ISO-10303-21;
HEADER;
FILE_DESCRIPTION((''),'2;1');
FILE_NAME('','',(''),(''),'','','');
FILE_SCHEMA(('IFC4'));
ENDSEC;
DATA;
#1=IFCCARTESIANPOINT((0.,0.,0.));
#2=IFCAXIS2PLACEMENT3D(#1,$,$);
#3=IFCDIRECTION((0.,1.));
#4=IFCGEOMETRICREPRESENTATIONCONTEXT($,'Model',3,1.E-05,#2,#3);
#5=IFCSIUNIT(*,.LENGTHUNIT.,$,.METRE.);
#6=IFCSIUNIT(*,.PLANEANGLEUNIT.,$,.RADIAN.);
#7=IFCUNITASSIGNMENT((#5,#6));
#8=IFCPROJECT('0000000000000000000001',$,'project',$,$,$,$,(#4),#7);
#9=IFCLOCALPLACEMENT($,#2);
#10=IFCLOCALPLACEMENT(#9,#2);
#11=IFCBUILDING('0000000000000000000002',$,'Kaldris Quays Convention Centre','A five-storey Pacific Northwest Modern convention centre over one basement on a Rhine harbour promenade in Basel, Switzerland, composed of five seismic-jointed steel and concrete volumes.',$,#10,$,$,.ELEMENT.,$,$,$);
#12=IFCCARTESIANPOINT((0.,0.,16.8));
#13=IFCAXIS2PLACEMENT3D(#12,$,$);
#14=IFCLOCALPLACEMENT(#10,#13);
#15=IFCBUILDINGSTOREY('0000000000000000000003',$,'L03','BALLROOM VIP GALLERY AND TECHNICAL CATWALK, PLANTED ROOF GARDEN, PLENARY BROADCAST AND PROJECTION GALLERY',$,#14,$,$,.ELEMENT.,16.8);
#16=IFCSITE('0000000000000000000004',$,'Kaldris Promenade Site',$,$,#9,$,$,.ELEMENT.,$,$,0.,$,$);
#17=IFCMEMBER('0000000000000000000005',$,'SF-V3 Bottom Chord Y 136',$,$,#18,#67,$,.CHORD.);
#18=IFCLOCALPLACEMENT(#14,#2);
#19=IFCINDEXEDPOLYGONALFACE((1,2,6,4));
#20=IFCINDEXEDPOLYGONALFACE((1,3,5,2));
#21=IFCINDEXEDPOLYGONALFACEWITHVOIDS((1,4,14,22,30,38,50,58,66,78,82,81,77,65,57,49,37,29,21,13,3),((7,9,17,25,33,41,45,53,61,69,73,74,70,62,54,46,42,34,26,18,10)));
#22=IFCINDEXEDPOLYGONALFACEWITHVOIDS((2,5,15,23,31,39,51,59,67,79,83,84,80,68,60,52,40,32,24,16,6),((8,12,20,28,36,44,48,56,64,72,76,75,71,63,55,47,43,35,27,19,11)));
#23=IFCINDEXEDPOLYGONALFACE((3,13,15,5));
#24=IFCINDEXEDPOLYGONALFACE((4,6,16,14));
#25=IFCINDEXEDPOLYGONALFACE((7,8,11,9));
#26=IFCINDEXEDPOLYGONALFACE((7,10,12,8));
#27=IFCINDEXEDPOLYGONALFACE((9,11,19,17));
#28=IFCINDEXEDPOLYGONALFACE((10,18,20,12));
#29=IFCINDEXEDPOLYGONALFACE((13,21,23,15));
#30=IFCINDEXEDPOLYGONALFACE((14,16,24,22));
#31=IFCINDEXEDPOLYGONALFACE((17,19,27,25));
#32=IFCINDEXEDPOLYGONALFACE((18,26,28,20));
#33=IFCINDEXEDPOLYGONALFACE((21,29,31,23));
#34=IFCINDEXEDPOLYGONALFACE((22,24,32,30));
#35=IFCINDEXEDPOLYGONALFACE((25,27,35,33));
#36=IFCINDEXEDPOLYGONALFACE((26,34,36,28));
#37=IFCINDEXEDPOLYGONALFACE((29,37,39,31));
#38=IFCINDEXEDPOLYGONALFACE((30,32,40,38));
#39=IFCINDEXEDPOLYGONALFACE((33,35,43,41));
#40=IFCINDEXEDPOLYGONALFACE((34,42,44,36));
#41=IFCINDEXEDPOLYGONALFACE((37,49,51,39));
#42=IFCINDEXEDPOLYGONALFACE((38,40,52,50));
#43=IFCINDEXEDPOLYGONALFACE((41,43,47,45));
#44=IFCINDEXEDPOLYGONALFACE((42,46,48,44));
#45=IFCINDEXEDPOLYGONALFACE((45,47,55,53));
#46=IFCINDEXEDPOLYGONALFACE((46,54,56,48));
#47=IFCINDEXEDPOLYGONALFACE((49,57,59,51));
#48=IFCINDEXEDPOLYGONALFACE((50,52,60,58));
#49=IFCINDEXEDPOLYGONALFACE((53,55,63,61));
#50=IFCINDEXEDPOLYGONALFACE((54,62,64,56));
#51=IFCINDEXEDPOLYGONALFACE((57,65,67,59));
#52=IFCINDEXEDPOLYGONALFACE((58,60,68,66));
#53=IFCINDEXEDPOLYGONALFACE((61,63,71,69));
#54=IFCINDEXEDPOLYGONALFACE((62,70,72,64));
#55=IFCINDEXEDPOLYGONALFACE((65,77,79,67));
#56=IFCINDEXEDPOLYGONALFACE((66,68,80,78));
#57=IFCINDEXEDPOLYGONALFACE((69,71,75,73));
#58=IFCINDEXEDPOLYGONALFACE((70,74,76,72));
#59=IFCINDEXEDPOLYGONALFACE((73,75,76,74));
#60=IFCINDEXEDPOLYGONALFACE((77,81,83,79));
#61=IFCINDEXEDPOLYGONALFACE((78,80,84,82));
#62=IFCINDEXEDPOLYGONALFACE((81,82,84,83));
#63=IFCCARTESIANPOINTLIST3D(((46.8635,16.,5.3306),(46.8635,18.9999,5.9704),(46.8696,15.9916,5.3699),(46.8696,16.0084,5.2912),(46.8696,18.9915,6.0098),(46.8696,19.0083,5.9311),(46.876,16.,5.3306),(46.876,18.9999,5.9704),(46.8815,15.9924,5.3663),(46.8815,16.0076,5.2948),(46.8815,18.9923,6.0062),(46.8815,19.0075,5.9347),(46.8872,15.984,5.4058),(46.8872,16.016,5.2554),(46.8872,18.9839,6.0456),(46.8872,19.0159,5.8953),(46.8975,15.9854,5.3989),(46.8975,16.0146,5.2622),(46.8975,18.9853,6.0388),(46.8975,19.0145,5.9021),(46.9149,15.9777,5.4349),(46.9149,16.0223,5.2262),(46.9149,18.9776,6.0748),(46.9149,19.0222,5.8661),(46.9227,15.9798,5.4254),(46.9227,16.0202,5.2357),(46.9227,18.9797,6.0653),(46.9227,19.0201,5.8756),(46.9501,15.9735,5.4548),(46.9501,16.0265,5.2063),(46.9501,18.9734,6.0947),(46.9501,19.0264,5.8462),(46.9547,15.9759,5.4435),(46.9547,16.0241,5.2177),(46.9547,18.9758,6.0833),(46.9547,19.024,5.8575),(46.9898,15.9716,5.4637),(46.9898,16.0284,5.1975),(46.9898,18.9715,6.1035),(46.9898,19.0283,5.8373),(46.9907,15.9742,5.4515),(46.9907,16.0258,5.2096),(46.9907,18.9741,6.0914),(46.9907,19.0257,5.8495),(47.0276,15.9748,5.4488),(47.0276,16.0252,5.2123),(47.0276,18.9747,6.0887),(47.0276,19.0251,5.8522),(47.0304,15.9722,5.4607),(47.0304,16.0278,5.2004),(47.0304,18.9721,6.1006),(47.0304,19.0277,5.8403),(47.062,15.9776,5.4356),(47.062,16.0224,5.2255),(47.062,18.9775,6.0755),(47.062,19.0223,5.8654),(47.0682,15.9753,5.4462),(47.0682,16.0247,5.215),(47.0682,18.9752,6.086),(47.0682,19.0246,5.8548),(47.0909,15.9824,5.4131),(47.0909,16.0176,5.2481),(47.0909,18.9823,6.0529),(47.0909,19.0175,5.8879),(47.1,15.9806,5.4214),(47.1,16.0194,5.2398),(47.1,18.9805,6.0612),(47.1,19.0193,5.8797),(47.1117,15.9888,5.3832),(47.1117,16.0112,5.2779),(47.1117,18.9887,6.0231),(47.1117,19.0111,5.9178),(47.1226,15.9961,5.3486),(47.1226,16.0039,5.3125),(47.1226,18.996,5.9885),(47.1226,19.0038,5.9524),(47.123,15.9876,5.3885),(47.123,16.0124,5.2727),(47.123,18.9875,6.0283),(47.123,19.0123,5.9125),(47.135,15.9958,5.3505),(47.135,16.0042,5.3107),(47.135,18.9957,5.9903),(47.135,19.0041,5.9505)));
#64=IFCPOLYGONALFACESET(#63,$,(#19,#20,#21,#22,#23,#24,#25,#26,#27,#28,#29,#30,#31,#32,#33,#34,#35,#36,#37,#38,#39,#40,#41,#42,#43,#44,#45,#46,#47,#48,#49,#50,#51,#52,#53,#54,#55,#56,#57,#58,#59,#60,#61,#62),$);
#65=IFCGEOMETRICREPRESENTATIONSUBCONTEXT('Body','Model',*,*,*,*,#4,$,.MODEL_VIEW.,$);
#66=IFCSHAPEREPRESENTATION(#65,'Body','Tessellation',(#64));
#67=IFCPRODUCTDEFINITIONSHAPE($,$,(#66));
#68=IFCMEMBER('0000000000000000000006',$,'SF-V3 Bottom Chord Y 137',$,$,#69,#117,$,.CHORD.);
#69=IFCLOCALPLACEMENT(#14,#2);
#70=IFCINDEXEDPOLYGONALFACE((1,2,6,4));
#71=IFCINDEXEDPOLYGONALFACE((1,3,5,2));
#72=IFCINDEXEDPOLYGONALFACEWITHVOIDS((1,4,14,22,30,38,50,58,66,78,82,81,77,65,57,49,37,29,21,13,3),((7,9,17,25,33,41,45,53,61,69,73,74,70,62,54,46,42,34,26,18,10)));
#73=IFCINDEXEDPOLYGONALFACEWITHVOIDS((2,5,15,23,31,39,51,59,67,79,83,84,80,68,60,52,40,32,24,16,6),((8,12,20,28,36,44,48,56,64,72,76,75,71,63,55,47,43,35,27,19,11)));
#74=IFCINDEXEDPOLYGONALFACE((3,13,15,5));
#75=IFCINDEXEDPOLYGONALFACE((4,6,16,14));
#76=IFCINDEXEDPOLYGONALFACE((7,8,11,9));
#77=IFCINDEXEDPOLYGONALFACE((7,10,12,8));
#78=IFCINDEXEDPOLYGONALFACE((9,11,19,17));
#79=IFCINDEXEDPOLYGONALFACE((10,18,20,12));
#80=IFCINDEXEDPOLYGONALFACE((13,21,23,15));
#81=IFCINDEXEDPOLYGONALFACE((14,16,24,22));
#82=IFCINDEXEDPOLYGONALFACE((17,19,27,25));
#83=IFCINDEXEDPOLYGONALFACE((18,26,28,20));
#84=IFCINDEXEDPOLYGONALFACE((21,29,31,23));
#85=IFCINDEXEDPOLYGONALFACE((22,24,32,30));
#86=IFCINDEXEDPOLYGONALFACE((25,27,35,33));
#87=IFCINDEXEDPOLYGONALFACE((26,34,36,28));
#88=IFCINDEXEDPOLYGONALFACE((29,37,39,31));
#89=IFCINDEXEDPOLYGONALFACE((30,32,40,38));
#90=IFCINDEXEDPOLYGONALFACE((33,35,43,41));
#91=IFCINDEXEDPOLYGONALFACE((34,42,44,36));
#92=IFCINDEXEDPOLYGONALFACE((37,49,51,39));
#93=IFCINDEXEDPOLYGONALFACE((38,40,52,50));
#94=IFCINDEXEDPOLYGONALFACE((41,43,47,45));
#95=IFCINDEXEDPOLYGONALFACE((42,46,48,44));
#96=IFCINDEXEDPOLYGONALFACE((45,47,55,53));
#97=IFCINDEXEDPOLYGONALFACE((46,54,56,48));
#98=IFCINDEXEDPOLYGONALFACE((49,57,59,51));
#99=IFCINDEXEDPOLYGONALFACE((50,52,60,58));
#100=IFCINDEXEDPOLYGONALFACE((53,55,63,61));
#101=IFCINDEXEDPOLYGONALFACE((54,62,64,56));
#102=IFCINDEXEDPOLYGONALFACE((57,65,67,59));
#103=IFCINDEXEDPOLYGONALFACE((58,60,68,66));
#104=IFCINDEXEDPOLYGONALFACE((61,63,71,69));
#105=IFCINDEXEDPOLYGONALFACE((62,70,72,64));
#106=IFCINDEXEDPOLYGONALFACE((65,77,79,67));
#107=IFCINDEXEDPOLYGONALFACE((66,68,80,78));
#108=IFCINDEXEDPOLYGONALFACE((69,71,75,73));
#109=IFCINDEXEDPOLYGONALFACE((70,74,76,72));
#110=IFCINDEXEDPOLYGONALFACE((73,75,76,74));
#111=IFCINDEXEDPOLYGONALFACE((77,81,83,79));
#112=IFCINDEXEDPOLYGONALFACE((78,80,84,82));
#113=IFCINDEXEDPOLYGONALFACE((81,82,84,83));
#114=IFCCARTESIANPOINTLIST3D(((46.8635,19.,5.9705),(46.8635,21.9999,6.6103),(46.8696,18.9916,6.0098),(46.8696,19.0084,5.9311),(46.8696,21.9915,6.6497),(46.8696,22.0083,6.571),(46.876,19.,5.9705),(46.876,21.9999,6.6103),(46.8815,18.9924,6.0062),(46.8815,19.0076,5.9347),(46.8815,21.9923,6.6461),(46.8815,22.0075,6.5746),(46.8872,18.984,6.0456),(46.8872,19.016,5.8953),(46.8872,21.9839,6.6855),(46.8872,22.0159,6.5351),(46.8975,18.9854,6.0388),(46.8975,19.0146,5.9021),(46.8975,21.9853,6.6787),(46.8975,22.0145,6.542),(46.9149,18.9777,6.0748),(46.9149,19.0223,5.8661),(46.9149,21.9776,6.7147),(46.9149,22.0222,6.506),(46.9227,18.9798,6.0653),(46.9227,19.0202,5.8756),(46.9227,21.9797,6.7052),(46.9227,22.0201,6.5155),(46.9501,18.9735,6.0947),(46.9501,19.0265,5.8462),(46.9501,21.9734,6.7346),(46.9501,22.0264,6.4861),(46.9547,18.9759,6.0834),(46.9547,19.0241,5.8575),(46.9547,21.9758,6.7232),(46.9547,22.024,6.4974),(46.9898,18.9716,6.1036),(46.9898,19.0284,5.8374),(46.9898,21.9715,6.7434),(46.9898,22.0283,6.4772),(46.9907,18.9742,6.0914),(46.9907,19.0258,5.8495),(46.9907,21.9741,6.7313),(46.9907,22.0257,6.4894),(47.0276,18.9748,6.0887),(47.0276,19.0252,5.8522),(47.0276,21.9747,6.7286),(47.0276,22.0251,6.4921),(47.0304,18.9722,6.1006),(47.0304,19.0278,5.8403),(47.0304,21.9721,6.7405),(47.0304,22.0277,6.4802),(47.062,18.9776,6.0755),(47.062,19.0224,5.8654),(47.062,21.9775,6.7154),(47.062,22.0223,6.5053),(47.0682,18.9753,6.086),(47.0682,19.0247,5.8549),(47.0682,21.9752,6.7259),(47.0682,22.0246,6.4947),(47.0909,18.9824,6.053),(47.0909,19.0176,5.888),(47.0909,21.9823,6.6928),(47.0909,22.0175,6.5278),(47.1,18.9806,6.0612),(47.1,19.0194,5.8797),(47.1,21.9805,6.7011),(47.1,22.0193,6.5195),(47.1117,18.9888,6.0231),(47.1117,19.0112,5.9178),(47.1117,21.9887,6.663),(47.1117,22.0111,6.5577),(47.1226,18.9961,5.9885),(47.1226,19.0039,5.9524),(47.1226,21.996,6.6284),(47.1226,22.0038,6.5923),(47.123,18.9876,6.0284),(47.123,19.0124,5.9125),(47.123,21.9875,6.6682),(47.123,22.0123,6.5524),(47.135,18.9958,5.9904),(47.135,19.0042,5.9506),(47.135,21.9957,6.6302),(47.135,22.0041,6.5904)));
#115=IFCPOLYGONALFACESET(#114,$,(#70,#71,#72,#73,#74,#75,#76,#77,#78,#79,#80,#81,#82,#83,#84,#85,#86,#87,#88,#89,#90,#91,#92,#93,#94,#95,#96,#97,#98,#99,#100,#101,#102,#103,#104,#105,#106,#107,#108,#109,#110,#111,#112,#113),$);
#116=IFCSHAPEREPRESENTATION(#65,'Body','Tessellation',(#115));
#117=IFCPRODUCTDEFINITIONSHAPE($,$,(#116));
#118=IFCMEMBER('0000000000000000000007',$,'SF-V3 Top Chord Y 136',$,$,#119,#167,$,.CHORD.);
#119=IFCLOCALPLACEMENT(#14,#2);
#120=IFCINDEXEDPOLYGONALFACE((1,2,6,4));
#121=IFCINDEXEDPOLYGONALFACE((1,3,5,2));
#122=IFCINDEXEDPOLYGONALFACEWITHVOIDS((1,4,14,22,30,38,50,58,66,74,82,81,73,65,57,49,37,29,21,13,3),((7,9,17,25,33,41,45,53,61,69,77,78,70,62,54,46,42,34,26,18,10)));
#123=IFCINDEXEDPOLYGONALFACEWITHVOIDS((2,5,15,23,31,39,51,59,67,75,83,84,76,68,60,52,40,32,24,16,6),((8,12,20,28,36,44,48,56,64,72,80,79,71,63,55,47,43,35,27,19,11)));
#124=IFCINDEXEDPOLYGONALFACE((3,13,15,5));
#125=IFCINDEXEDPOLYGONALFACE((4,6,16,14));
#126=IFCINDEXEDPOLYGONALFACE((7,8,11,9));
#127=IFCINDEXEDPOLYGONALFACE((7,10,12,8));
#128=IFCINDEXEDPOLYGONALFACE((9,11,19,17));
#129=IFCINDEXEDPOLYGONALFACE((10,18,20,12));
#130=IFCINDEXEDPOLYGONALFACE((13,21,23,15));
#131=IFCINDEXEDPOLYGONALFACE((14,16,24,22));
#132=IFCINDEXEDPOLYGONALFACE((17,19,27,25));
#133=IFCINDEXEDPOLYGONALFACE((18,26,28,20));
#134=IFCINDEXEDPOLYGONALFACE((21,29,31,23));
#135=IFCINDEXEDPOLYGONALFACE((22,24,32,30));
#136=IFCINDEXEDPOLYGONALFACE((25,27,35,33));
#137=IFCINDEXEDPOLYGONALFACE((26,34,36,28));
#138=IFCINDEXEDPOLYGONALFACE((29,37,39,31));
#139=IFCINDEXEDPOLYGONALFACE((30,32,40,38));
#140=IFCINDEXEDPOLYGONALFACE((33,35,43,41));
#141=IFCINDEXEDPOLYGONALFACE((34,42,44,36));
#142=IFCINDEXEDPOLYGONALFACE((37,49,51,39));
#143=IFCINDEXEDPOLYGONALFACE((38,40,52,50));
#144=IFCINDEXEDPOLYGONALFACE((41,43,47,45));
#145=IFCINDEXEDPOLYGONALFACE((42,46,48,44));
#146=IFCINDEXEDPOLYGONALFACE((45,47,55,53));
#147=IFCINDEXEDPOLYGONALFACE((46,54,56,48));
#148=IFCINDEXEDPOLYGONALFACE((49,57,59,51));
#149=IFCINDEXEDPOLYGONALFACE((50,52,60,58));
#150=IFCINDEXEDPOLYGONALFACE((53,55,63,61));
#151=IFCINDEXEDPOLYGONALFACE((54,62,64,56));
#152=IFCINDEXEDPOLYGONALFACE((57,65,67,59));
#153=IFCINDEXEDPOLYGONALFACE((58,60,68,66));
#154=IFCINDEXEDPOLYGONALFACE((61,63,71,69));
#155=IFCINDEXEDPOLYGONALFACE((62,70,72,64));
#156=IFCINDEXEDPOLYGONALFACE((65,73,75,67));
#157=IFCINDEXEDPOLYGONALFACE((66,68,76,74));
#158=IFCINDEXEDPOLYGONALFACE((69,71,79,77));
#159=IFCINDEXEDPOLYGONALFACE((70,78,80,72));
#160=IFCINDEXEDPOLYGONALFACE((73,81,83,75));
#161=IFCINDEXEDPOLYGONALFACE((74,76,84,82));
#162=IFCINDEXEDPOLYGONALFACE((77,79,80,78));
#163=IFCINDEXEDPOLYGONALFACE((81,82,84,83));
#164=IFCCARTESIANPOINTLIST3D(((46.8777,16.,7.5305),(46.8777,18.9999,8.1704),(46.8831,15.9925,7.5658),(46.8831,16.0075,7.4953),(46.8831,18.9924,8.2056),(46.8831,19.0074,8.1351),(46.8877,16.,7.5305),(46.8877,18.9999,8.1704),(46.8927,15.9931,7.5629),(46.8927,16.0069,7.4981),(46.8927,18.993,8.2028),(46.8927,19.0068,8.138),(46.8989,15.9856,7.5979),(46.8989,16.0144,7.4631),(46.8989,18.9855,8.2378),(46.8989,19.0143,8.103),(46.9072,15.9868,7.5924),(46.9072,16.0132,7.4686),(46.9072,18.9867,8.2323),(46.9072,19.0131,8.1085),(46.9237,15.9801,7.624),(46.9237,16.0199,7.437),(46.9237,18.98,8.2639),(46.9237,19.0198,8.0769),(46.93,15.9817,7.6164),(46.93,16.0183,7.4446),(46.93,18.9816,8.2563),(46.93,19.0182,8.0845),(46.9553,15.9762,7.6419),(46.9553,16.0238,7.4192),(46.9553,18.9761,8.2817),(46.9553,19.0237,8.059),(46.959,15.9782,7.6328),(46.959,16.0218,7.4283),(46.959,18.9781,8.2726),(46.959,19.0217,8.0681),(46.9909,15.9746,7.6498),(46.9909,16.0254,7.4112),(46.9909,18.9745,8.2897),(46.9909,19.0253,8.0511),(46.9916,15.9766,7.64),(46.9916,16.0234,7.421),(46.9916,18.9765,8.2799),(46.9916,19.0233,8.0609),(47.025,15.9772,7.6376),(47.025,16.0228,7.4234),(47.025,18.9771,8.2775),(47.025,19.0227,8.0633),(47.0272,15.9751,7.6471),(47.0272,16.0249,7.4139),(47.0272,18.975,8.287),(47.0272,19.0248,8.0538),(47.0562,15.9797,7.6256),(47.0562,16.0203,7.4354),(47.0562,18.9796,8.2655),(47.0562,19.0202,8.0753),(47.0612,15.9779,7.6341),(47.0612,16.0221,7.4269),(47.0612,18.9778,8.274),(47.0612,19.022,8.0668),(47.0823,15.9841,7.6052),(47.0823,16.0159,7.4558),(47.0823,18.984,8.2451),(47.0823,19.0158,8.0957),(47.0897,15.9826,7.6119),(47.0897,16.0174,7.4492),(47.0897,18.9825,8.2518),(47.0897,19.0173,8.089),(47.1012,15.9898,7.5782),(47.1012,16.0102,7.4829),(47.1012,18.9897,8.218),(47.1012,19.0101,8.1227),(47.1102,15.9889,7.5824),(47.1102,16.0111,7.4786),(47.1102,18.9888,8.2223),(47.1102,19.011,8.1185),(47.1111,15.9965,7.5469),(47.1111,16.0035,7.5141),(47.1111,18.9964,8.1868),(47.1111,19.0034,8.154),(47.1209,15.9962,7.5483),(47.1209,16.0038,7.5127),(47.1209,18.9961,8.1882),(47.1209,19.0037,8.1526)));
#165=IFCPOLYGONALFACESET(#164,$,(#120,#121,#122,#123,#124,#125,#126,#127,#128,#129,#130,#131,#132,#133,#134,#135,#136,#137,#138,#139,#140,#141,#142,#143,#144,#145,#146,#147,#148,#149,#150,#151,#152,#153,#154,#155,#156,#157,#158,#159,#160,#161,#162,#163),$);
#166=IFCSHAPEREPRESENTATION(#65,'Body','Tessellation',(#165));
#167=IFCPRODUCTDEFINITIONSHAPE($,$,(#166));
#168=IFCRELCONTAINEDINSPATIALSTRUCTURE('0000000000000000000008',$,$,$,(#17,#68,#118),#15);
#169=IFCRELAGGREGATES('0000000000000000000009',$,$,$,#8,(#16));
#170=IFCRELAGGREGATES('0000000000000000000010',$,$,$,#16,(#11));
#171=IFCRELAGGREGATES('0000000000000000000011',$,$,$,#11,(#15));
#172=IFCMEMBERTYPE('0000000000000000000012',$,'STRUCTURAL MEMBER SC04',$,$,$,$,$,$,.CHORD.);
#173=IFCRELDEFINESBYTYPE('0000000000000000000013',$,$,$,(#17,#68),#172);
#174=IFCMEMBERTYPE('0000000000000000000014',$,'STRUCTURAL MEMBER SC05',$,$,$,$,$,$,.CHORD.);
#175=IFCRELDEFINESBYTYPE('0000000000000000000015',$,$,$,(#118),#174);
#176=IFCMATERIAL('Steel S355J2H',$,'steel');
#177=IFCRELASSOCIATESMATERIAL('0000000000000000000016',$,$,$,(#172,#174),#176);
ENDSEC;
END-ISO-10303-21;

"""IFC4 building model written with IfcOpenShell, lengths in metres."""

from ifc_helpers import new_model, si_unit, direction, frame, origin, origin_2d, place, context, subcontext, project, spatial, hollow_circle, extrude, material, material_profile, profile_set, type_object, element, save


model = new_model("IFC4")

# Units and contexts
model_context = context("Model", 3, precision=1e-05, world=origin(), true_north=direction((0.0, 1.0)))
body_context = subcontext(model_context, "Body", "Model", "MODEL_VIEW")
ifc_project = project(units=[si_unit("LENGTHUNIT", "METRE"), si_unit("PLANEANGLEUNIT", "RADIAN")], contexts=[model_context])

# Site, building, storey
site_placement = place(None, origin())
site = spatial("IfcSite", under=ifc_project, at=site_placement, Name="Kaldris Promenade Site", CompositionType="ELEMENT", RefElevation=0.0)
building_placement = place(site_placement, origin())
building = spatial("IfcBuilding", under=site, at=building_placement, Name="Kaldris Quays Convention Centre", Description="A five-storey Pacific Northwest Modern convention centre over one basement on a Rhine harbour promenade in Basel, Switzerland, composed of five seismic-jointed steel and concrete volumes.", CompositionType="ELEMENT")
storey_placement = place(building_placement, frame((0.0, 0.0, 16.8)))
storey = spatial("IfcBuildingStorey", under=building, at=storey_placement, Name="L03", Description="BALLROOM VIP GALLERY AND TECHNICAL CATWALK, PLANTED ROOF GARDEN, PLENARY BROADCAST AND PROJECTION GALLERY", CompositionType="ELEMENT", Elevation=16.8)

# Members
ifc_material_1 = material(Name="Steel S355J2H", Category="steel")
ifc_material_profile_1 = material_profile(ifc_material_1, hollow_circle(Radius=0.1365, WallThickness=0.0125, at=origin_2d()), Name="CHS 273x12.5")
ifc_profile_set_1 = profile_set([ifc_material_profile_1], Name="Steel S355J2H")
member_type_1 = type_object("IfcMemberType", Name="STRUCTURAL MEMBER SC04", PredefinedType="CHORD", material=ifc_profile_set_1)
for number, where, z_axis, x_axis, name in (
    (1, (47.0, 16.0, 5.3306), (0.0, 0.978, 0.208605), (-1.0, 0.0, 0.0), "SF-V3 Bottom Chord Y 136"),
    (2, (47.0, 19.0, 5.9705), (0.0, 0.978, 0.208605), (-1.0, 0.0, 0.0), "SF-V3 Bottom Chord Y 137"),
):
    element("IfcMember", number, at=place(storey_placement, frame(where, z_axis=z_axis, x_axis=x_axis)), inside=storey, type_object=member_type_1, Name=name, PredefinedType="CHORD", context=body_context, shape_type="SweptSolid", body=[
        extrude(hollow_circle(Radius=0.1365, WallThickness=0.0125, at=origin_2d()), origin(), (0.0, 0.0, 1.0), 3.0674),
    ])
ifc_material_profile_2 = material_profile(ifc_material_1, hollow_circle(Radius=0.1223, WallThickness=0.01, at=origin_2d()), Name="CHS 244.5x10")
ifc_profile_set_2 = profile_set([ifc_material_profile_2], Name="Steel S355J2H")
member_type_2 = type_object("IfcMemberType", Name="STRUCTURAL MEMBER SC05", PredefinedType="CHORD", material=ifc_profile_set_2)
member_1_placement = place(storey_placement, frame((47.0, 16.0, 7.5305), z_axis=(0.0, 0.978, 0.208605), x_axis=(-1.0, 0.0, 0.0)))
element("IfcMember", 3, at=member_1_placement, inside=storey, type_object=member_type_2, Name="SF-V3 Top Chord Y 136", PredefinedType="CHORD", context=body_context, shape_type="SweptSolid", body=[
    extrude(hollow_circle(Radius=0.1223, WallThickness=0.01, at=origin_2d()), origin(), (0.0, 0.0, 1.0), 3.0674),
])

save(model, "model.ifc")
